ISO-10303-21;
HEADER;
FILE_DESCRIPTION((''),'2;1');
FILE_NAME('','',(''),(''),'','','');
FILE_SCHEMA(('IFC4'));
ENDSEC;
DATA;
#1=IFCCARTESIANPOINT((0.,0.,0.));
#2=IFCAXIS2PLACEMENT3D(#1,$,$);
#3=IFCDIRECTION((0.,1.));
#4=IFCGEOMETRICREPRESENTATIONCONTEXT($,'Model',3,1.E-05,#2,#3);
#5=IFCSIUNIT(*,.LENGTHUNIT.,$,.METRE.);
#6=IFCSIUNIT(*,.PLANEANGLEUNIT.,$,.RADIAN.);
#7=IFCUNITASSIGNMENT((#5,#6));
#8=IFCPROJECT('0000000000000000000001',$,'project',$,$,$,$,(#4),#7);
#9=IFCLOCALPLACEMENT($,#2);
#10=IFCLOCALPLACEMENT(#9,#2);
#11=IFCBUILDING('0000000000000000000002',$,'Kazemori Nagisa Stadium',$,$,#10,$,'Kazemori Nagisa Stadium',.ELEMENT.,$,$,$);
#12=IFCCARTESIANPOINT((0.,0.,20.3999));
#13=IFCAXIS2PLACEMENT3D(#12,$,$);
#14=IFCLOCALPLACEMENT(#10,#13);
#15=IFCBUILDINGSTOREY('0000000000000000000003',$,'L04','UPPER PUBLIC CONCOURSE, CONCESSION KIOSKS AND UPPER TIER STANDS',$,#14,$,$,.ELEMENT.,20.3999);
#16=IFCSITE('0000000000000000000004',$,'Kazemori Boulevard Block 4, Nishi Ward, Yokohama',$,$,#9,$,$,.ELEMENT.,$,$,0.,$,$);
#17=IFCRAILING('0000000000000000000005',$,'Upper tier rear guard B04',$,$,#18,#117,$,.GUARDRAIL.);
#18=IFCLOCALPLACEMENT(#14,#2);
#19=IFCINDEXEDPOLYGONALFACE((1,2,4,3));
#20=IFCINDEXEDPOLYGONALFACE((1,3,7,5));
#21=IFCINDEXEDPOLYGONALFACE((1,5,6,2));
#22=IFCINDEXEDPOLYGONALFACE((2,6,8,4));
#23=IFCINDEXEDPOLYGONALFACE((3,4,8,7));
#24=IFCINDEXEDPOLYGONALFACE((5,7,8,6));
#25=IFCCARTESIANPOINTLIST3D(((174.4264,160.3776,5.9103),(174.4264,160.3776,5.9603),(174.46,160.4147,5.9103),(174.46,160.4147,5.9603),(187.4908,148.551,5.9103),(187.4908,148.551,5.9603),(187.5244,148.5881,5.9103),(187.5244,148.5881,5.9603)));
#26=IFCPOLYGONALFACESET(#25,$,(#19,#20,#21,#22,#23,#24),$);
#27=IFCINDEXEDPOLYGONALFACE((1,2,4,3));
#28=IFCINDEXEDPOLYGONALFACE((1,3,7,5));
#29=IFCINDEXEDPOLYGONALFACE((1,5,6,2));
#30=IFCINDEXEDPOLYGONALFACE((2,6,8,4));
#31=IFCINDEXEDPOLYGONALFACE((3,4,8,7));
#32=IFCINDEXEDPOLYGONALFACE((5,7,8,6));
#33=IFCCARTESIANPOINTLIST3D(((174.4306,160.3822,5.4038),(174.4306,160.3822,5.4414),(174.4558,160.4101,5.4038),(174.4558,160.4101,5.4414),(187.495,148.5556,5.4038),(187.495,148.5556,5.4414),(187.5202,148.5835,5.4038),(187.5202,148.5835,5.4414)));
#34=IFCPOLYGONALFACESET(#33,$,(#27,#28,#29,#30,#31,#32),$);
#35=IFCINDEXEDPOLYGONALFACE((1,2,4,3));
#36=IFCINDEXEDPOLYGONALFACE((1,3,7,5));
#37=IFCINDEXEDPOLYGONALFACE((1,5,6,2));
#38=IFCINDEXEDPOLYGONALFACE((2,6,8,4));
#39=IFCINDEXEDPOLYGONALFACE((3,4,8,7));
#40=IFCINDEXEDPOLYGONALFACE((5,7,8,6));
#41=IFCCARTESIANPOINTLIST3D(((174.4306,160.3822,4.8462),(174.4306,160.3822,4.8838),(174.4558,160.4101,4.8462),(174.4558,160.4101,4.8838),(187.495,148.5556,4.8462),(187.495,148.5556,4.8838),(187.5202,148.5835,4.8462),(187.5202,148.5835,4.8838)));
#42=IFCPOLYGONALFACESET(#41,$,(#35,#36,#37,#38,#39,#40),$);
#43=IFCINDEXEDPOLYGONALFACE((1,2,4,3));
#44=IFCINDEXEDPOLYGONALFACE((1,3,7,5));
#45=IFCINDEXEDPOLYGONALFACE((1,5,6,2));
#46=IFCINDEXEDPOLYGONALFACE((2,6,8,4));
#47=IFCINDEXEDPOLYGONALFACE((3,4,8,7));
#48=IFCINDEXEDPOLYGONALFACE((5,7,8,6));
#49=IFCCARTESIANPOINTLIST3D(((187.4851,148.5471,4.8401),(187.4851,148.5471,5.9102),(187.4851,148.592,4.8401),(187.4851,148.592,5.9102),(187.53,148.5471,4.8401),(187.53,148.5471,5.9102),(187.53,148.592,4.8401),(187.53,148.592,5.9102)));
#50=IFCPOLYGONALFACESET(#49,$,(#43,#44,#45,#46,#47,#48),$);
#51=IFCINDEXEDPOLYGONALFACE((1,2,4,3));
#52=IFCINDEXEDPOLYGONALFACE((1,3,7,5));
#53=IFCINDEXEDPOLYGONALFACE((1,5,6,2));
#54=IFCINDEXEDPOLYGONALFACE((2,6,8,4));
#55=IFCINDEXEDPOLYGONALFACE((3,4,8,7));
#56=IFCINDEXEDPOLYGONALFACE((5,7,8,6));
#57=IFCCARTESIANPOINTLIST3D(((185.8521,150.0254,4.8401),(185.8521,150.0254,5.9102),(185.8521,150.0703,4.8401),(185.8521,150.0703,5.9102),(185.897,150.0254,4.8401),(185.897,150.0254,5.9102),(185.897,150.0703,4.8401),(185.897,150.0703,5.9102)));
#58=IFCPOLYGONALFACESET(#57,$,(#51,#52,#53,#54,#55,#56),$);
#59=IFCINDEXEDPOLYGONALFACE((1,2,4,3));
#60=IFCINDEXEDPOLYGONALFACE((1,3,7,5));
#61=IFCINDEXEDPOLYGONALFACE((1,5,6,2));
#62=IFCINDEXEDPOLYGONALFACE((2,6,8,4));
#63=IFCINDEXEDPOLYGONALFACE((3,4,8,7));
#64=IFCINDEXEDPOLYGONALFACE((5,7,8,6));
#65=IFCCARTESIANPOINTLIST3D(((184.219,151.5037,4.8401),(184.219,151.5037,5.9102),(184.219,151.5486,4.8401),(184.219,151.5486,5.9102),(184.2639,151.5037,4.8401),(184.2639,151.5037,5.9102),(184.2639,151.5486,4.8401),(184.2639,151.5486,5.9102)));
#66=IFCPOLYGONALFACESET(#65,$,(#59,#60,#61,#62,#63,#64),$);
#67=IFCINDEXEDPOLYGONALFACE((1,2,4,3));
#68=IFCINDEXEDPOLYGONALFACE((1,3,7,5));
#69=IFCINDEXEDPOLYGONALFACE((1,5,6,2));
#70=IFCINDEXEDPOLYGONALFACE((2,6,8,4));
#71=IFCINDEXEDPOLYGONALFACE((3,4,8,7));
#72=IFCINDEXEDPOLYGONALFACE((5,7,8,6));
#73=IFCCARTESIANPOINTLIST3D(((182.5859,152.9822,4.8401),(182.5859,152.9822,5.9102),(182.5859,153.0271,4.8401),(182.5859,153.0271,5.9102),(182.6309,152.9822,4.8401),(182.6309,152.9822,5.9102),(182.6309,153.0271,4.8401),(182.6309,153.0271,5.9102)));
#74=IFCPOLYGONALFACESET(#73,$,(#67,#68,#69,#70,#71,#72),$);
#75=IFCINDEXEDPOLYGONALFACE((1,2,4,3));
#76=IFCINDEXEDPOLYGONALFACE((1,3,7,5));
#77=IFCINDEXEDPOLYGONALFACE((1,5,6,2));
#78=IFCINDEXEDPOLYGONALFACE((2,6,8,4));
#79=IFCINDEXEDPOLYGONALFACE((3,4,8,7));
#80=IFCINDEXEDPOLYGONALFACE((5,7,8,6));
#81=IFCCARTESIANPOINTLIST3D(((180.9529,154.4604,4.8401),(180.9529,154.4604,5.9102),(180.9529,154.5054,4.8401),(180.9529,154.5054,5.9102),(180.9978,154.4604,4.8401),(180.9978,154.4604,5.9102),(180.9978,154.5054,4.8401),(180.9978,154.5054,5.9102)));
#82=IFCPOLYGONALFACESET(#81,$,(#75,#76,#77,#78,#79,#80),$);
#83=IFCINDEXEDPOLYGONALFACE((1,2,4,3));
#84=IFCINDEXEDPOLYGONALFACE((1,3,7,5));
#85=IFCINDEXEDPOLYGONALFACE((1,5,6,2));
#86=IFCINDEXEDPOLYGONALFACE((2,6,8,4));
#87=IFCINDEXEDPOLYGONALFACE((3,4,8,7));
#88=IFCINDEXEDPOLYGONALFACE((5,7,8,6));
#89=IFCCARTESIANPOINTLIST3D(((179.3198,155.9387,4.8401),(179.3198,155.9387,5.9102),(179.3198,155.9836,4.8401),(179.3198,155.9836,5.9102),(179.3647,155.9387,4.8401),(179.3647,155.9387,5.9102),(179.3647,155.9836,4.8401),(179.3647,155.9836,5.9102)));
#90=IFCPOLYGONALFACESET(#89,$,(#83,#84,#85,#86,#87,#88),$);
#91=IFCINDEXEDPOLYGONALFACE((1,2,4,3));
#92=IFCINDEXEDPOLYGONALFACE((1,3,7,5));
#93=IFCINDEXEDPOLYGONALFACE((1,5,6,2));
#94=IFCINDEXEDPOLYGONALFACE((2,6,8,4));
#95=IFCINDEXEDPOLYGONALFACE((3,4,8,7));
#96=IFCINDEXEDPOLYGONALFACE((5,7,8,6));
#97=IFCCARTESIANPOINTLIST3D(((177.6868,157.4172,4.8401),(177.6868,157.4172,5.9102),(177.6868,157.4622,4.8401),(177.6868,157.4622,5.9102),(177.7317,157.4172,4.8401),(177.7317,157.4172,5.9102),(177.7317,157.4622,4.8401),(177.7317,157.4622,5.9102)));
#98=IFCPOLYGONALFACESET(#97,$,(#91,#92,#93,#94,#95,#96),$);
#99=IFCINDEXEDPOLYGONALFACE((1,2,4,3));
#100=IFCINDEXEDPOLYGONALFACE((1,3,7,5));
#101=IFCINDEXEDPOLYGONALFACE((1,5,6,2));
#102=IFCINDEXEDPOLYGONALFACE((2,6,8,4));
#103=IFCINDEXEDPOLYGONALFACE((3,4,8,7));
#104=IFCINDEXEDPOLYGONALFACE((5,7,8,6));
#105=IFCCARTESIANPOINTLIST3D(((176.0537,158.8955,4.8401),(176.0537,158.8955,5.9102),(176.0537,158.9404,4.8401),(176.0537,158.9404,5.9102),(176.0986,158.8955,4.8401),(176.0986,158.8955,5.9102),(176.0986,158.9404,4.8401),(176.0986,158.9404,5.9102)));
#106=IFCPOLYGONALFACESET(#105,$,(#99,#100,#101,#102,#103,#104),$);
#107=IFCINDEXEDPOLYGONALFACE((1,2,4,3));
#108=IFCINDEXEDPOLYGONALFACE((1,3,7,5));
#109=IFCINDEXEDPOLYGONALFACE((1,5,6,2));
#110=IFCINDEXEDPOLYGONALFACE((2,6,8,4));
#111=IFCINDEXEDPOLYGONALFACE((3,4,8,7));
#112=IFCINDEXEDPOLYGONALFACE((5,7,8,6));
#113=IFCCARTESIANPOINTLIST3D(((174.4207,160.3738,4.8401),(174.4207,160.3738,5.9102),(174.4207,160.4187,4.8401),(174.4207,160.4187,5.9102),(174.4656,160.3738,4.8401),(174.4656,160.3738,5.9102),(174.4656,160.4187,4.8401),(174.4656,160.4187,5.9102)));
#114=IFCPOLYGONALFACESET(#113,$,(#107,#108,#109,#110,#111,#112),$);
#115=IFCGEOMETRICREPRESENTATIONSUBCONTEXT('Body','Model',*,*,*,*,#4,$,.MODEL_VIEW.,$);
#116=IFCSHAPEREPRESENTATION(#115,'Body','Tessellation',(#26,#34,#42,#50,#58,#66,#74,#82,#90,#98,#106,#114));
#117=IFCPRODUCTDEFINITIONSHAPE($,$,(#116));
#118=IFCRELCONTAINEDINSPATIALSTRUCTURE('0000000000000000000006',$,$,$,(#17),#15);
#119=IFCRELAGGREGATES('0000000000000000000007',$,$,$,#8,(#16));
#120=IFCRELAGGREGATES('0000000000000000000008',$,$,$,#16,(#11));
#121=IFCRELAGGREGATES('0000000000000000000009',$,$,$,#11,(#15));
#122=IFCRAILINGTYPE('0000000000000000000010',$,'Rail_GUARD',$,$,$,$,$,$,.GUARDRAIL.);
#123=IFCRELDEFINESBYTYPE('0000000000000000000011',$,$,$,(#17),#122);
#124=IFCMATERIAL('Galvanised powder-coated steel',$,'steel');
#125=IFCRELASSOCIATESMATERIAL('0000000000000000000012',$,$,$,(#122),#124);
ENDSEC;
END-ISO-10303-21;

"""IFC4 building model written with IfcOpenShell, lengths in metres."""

from ifc_helpers import new_model, si_unit, direction, frame, origin, origin_2d, place, context, subcontext, project, spatial, rectangle, extrude, material, type_object, element, save


model = new_model("IFC4")

# Units and contexts
model_context = context("Model", 3, precision=1e-05, world=origin(), true_north=direction((0.0, 1.0)))
body_context = subcontext(model_context, "Body", "Model", "MODEL_VIEW")
ifc_project = project(units=[si_unit("LENGTHUNIT", "METRE"), si_unit("PLANEANGLEUNIT", "RADIAN")], contexts=[model_context])

# Site, building, storey
site_placement = place(None, origin())
site = spatial("IfcSite", under=ifc_project, at=site_placement, Name="Kazemori Boulevard Block 4, Nishi Ward, Yokohama", CompositionType="ELEMENT", RefElevation=0.0)
building_placement = place(site_placement, origin())
building = spatial("IfcBuilding", under=site, at=building_placement, Name="Kazemori Nagisa Stadium", LongName="Kazemori Nagisa Stadium", CompositionType="ELEMENT")
storey_placement = place(building_placement, frame((0.0, 0.0, 20.3999)))
storey = spatial("IfcBuildingStorey", under=building, at=storey_placement, Name="L04", Description="UPPER PUBLIC CONCOURSE, CONCESSION KIOSKS AND UPPER TIER STANDS", CompositionType="ELEMENT", Elevation=20.3999)

# Railing
ifc_material_1 = material(Name="Galvanised powder-coated steel", Category="steel")
railing_type_1 = type_object("IfcRailingType", Name="Rail_GUARD", PredefinedType="GUARDRAIL", material=ifc_material_1)
railing_1_placement = place(storey_placement, frame((187.5076, 148.5696, 4.8401)))
element("IfcRailing", 1, at=railing_1_placement, inside=storey, type_object=railing_type_1, Name="Upper tier rear guard B04", PredefinedType="GUARDRAIL", context=body_context, shape_type="SweptSolid", body=[
    extrude(rectangle(XDim=0.05, YDim=0.05, at=origin_2d()), frame((0.0, 0.0, 1.0952), z_axis=(-0.741354, 0.671114, 0.0), x_axis=(-0.671114, -0.741354, 0.0)), (0.0, 0.0, 1.0), 17.6223),
    extrude(rectangle(XDim=0.0376, YDim=0.0376, at=origin_2d()), frame((0.0, 0.0, 0.5825), z_axis=(-0.741354, 0.671114, 0.0), x_axis=(-0.671114, -0.741354, 0.0)), (0.0, 0.0, 1.0), 17.6223),
    extrude(rectangle(XDim=0.0376, YDim=0.0376, at=origin_2d()), frame((0.0, 0.0, 0.0249), z_axis=(-0.741354, 0.671114, 0.0), x_axis=(-0.671114, -0.741354, 0.0)), (0.0, 0.0, 1.0), 17.6223),
    extrude(rectangle(XDim=0.0449, YDim=0.0449, at=origin_2d()), origin(), (0.0, 0.0, 1.0), 1.0701),
    extrude(rectangle(XDim=0.0449, YDim=0.0449, at=origin_2d()), frame((-1.6331, 1.4783, 0.0)), (0.0, 0.0, 1.0), 1.0701),
    extrude(rectangle(XDim=0.0449, YDim=0.0449, at=origin_2d()), frame((-3.2661, 2.9565, 0.0)), (0.0, 0.0, 1.0), 1.0701),
    extrude(rectangle(XDim=0.0449, YDim=0.0449, at=origin_2d()), frame((-4.8992, 4.4351, 0.0)), (0.0, 0.0, 1.0), 1.0701),
    extrude(rectangle(XDim=0.0449, YDim=0.0449, at=origin_2d()), frame((-6.5322, 5.9133, 0.0)), (0.0, 0.0, 1.0), 1.0701),
    extrude(rectangle(XDim=0.0449, YDim=0.0449, at=origin_2d()), frame((-8.1653, 7.3916, 0.0)), (0.0, 0.0, 1.0), 1.0701),
    extrude(rectangle(XDim=0.0449, YDim=0.0449, at=origin_2d()), frame((-9.7983, 8.8701, 0.0)), (0.0, 0.0, 1.0), 1.0701),
    extrude(rectangle(XDim=0.0449, YDim=0.0449, at=origin_2d()), frame((-11.4314, 10.3484, 0.0)), (0.0, 0.0, 1.0), 1.0701),
    extrude(rectangle(XDim=0.0449, YDim=0.0449, at=origin_2d()), frame((-13.0645, 11.8267, 0.0)), (0.0, 0.0, 1.0), 1.0701),
])

save(model, "model.ifc")
